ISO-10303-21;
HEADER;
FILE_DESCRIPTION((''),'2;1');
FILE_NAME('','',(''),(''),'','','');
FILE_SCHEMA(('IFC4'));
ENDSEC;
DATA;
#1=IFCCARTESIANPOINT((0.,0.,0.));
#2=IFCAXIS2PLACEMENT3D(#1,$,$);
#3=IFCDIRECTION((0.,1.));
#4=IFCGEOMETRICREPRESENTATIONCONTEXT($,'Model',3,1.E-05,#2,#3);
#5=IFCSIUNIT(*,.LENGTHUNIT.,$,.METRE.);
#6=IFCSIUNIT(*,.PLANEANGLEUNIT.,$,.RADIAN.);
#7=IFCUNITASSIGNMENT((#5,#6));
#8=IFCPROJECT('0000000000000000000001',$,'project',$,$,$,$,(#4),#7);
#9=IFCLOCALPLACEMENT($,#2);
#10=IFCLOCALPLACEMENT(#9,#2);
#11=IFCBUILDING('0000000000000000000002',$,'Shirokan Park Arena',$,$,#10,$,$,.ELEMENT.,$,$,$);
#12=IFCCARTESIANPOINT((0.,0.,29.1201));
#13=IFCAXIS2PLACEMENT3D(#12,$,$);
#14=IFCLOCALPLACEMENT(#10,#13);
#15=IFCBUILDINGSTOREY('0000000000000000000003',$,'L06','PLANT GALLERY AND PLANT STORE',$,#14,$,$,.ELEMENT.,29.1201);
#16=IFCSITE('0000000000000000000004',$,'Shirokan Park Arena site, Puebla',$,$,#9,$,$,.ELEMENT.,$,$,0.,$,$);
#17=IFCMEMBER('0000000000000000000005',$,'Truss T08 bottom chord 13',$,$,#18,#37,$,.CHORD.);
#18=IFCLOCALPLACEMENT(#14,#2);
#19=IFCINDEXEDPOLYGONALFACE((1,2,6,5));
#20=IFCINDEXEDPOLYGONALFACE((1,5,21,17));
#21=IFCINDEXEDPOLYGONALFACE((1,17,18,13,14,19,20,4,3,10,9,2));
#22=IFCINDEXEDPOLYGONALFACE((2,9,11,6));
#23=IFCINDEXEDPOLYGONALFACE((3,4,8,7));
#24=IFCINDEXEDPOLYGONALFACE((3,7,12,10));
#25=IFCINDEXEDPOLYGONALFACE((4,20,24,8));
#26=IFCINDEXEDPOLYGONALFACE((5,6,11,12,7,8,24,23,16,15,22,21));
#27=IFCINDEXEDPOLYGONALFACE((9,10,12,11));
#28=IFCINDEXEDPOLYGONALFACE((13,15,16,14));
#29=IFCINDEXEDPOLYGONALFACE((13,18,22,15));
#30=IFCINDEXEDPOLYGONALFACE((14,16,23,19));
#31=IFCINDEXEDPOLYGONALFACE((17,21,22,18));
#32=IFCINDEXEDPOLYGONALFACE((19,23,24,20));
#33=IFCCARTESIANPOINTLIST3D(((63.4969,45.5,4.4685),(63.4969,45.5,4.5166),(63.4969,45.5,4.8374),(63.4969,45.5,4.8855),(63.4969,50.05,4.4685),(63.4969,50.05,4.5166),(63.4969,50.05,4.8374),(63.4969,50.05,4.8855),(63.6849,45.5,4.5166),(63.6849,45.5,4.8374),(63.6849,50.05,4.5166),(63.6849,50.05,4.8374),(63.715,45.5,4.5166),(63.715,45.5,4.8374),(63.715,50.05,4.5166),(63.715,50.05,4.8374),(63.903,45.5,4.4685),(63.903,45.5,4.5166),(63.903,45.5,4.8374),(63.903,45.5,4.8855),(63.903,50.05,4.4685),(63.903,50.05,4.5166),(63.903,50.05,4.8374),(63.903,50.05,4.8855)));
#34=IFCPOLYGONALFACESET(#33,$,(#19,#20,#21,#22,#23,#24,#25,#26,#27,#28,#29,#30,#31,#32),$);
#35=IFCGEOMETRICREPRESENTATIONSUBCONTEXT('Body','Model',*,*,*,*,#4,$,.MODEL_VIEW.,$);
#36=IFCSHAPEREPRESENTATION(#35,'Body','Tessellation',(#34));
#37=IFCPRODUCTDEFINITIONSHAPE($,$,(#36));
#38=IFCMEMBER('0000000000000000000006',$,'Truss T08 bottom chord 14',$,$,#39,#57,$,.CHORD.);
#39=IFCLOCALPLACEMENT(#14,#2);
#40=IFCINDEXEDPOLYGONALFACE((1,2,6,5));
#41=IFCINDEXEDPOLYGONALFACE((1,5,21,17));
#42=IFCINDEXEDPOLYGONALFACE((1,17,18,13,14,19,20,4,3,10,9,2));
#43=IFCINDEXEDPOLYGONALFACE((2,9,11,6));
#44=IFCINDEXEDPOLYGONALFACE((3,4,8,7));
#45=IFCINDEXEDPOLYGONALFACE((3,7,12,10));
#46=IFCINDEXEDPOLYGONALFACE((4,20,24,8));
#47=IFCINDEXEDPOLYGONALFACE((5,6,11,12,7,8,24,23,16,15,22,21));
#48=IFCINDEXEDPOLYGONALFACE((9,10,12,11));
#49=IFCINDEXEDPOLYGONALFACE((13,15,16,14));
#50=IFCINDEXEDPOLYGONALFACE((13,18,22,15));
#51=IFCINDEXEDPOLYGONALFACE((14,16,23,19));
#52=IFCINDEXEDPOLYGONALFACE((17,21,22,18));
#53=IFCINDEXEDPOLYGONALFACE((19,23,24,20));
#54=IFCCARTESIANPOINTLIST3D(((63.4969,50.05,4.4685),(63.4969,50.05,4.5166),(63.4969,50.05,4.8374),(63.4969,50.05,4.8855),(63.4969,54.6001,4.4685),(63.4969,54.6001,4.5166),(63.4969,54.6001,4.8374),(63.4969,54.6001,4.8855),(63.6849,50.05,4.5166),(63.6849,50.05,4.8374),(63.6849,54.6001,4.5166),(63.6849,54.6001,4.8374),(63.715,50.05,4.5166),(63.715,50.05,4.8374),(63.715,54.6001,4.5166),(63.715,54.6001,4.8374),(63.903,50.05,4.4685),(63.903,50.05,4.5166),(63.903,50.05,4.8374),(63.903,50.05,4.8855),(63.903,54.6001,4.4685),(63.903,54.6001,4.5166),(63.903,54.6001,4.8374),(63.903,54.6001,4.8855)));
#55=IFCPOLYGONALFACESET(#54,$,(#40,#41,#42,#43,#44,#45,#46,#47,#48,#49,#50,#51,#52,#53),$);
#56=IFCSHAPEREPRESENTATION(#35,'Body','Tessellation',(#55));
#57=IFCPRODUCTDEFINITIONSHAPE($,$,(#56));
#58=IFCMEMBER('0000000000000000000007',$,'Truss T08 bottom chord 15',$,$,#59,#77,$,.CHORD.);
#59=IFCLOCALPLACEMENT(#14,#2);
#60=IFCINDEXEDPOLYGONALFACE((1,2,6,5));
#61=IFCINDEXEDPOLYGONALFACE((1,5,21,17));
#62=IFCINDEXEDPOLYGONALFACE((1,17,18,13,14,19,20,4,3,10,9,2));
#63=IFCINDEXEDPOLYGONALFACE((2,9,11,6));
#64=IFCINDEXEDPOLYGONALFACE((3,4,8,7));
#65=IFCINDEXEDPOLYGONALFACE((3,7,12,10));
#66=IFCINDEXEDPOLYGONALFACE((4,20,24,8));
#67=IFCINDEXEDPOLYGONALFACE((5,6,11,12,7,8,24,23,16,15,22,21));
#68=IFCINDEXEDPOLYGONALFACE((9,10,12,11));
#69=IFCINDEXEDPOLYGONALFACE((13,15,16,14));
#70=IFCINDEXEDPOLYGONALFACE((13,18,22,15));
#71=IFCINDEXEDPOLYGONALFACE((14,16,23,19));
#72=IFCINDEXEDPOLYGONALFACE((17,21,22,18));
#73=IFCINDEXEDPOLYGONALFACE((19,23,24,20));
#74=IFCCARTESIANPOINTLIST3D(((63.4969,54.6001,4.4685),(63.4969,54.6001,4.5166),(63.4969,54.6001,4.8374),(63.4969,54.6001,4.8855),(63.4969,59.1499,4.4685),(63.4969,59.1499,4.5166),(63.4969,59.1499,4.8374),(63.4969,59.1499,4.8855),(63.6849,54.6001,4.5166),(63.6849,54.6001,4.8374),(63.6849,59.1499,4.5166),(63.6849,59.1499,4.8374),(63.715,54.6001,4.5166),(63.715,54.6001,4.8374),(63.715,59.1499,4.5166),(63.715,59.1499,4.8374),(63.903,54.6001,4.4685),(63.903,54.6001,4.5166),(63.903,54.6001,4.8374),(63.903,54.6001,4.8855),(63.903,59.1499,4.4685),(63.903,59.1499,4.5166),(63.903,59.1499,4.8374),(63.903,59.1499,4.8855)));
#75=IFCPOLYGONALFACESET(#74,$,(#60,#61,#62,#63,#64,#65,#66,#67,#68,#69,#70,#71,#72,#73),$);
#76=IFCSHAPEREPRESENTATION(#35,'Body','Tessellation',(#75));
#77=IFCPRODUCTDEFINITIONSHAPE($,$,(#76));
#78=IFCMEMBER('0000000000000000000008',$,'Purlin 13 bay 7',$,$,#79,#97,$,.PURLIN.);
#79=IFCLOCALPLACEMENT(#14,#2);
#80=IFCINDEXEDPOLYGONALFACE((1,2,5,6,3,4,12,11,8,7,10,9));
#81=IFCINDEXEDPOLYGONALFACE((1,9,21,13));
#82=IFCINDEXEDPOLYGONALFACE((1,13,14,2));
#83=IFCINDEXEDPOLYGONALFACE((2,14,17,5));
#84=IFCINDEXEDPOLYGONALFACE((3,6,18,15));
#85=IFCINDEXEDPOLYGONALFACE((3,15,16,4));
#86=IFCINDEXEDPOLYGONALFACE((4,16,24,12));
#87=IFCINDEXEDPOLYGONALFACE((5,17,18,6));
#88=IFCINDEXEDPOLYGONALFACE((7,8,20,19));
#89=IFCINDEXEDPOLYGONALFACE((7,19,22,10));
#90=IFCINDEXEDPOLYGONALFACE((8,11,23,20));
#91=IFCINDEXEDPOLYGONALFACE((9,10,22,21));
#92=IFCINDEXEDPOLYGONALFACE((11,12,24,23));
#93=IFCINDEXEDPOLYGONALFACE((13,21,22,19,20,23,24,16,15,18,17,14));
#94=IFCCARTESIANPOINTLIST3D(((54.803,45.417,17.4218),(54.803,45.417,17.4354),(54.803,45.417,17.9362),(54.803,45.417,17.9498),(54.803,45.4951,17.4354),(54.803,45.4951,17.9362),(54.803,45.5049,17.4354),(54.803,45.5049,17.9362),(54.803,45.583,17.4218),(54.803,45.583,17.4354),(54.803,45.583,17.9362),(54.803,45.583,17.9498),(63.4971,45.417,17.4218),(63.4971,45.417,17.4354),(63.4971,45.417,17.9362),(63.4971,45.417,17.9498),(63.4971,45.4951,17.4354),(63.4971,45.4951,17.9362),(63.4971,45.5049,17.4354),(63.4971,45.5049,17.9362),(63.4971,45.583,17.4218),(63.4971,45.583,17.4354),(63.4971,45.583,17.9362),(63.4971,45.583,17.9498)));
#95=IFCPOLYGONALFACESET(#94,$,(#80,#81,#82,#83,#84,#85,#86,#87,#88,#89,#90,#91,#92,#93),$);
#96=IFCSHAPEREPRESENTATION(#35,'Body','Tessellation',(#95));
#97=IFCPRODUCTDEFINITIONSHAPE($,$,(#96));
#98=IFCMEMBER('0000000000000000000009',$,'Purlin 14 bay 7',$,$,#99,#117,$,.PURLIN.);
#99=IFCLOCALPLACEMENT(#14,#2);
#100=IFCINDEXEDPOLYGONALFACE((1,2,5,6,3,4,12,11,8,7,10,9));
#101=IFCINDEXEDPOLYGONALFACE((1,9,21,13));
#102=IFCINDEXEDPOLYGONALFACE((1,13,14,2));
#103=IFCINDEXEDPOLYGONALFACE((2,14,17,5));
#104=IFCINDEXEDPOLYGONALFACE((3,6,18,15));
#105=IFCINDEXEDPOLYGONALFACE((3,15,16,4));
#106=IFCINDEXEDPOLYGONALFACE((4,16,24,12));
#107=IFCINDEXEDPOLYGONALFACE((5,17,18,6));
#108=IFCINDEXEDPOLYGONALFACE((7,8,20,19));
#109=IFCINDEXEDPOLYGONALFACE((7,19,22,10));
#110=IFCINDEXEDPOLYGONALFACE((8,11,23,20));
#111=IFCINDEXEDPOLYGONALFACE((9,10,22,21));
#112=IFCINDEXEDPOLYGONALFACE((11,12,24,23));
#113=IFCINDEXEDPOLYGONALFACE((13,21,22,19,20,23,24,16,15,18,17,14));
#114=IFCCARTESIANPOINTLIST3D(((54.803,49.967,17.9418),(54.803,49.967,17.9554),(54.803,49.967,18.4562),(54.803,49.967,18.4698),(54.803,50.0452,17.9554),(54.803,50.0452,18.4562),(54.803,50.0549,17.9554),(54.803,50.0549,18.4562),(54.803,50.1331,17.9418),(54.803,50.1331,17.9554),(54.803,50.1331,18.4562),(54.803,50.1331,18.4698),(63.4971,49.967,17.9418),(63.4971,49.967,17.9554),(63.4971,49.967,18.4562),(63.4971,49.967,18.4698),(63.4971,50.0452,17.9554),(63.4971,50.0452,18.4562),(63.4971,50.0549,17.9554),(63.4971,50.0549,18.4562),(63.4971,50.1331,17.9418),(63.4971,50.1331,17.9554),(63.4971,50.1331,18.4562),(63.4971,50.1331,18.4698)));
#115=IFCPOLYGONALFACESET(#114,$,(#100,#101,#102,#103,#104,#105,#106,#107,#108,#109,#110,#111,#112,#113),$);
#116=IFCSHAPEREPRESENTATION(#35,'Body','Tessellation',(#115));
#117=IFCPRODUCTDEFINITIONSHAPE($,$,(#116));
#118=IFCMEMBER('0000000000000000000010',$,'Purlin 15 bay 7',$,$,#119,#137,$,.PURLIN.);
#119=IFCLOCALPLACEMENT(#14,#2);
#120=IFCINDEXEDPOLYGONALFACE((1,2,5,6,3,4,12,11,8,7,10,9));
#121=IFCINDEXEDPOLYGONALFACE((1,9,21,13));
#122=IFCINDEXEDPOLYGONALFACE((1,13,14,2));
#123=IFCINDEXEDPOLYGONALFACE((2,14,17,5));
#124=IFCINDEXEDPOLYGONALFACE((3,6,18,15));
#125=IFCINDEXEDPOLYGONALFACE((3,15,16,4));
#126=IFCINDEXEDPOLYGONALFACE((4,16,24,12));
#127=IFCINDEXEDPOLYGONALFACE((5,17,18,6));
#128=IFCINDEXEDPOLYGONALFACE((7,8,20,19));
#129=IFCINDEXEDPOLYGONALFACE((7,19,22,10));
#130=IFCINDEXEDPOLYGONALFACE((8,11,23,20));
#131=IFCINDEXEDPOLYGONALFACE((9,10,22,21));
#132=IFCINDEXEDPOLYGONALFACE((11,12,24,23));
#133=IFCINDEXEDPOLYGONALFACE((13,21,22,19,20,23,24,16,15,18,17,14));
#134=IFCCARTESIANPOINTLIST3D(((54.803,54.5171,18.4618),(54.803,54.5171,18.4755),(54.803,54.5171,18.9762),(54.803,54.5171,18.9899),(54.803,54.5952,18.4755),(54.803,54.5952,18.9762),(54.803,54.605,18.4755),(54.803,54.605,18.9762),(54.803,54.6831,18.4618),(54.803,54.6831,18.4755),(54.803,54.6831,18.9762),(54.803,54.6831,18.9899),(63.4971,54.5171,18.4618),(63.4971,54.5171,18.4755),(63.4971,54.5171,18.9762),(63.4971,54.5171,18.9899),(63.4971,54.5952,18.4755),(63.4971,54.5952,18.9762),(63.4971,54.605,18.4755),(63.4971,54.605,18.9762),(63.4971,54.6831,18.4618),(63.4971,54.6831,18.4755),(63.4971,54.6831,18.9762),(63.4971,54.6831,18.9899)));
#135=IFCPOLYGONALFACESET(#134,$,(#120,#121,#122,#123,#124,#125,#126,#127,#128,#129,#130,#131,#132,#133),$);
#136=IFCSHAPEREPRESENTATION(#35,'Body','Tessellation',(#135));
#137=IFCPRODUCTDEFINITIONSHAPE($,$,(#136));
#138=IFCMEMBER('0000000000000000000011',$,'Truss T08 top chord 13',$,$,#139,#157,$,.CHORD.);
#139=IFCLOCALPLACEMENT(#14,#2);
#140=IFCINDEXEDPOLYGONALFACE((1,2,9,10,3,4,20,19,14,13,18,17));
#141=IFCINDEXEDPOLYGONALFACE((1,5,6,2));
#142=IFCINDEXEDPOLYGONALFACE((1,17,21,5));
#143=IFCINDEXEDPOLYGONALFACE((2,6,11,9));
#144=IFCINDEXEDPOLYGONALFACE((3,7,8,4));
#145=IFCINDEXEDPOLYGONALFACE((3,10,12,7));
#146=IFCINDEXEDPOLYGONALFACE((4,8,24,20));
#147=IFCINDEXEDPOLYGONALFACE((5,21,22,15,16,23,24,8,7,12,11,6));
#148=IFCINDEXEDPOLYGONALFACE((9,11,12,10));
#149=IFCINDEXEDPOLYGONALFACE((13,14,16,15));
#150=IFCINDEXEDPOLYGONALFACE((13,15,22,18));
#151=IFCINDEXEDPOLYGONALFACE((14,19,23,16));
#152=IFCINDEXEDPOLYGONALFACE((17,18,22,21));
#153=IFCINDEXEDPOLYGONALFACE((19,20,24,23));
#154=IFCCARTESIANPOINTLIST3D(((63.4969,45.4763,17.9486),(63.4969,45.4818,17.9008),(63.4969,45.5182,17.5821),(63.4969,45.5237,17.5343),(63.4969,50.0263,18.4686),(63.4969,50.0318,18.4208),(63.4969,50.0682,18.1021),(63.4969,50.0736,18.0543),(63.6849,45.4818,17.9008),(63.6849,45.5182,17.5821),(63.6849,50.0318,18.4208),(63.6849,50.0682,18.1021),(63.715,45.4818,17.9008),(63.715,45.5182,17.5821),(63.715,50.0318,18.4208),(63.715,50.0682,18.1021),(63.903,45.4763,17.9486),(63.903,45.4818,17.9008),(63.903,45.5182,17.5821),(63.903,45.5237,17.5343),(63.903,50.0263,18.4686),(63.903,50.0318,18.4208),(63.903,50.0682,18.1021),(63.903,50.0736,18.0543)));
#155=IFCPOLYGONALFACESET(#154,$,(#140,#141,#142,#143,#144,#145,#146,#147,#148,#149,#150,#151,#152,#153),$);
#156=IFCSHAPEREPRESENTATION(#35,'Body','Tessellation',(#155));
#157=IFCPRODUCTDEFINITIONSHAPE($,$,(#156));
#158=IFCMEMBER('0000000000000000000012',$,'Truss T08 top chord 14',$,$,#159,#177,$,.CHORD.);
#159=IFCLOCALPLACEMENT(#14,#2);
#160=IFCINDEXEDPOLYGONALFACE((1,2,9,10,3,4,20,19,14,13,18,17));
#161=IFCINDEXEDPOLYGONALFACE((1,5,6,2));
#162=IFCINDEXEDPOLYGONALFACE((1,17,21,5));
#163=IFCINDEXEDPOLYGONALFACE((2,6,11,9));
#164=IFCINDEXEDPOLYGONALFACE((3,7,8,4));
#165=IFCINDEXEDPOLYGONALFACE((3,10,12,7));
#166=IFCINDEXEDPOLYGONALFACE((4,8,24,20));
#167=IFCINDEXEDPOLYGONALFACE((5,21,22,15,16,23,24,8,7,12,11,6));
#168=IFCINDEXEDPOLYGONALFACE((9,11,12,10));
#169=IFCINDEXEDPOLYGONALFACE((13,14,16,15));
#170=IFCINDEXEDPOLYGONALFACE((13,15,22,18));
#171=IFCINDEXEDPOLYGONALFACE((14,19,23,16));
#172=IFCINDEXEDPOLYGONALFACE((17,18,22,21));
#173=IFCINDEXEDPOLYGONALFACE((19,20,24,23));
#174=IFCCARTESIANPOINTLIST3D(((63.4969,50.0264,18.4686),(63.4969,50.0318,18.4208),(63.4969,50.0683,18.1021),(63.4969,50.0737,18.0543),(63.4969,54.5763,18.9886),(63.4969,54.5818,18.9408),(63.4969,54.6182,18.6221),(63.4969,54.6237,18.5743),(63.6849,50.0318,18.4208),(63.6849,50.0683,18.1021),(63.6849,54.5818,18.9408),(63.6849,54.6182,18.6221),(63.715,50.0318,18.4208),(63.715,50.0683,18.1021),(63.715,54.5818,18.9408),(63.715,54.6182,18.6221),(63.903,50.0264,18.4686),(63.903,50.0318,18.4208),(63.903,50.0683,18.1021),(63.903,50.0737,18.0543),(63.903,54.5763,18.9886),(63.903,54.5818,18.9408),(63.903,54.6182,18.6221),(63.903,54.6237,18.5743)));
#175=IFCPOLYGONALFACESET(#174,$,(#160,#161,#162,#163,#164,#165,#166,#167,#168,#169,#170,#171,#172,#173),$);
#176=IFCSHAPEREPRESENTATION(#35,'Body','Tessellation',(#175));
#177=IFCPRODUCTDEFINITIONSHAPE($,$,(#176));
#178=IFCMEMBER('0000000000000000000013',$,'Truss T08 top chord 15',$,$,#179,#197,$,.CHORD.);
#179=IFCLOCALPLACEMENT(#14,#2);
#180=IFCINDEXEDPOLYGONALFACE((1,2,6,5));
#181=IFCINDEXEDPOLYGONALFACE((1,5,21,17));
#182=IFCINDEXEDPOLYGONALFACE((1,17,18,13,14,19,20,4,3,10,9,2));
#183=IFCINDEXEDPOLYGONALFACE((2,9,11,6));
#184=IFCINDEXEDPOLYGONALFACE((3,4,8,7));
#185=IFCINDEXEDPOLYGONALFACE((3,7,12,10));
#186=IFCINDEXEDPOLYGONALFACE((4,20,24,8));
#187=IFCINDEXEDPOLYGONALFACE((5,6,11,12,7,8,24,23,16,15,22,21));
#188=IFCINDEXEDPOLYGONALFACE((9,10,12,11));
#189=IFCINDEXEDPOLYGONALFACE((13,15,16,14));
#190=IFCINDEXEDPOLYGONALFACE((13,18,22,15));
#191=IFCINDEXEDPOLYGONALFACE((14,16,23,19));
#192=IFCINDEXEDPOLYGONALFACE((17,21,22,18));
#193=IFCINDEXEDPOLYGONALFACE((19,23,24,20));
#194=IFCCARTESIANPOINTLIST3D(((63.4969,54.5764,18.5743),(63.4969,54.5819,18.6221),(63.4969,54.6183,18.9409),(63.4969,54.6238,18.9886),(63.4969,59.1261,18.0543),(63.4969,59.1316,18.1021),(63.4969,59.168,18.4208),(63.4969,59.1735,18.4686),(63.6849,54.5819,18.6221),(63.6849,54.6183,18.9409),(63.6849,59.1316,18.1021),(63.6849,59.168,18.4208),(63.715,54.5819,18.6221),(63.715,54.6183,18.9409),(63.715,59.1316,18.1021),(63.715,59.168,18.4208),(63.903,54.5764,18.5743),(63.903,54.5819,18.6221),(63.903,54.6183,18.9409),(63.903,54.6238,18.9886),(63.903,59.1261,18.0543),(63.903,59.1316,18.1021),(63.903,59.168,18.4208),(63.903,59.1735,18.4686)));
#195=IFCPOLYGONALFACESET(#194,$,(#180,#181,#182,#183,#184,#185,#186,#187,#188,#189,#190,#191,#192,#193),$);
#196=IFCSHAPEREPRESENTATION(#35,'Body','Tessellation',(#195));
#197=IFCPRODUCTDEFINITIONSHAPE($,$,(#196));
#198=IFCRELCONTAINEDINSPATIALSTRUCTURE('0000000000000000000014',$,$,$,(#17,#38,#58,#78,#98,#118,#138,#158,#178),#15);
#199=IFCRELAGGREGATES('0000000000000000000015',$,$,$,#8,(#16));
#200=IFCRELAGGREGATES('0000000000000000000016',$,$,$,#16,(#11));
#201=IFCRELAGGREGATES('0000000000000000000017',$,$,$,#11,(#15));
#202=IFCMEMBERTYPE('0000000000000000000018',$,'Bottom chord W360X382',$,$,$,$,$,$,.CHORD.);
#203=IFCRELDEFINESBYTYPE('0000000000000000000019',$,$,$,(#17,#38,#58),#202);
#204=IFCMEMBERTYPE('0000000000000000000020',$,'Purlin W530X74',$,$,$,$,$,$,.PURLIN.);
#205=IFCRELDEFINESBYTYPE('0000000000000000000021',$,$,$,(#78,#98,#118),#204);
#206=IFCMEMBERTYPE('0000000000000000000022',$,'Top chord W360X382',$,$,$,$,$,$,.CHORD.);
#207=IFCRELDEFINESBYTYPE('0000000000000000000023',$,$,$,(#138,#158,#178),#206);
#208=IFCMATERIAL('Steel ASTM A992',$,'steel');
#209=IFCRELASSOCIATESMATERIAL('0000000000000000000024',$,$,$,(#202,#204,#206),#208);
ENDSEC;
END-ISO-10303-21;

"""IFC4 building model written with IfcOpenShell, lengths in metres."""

from ifc_helpers import new_model, si_unit, direction, frame, origin, origin_2d, place, context, subcontext, project, spatial, i_section, extrude, material, material_profile, profile_set, type_object, element, save


model = new_model("IFC4")

# Units and contexts
model_context = context("Model", 3, precision=1e-05, world=origin(), true_north=direction((0.0, 1.0)))
body_context = subcontext(model_context, "Body", "Model", "MODEL_VIEW")
ifc_project = project(units=[si_unit("LENGTHUNIT", "METRE"), si_unit("PLANEANGLEUNIT", "RADIAN")], contexts=[model_context])

# Site, building, storey
site_placement = place(None, origin())
site = spatial("IfcSite", under=ifc_project, at=site_placement, Name="Shirokan Park Arena site, Puebla", CompositionType="ELEMENT", RefElevation=0.0)
building_placement = place(site_placement, origin())
building = spatial("IfcBuilding", under=site, at=building_placement, Name="Shirokan Park Arena", CompositionType="ELEMENT")
storey_placement = place(building_placement, frame((0.0, 0.0, 29.1201)))
storey = spatial("IfcBuildingStorey", under=building, at=storey_placement, Name="L06", Description="PLANT GALLERY AND PLANT STORE", CompositionType="ELEMENT", Elevation=29.1201)

# Members
ifc_material_1 = material(Name="Steel ASTM A992", Category="steel")
ifc_material_profile_1 = material_profile(ifc_material_1, i_section(OverallWidth=0.406, OverallDepth=0.417, WebThickness=0.03, FlangeThickness=0.0481, at=origin_2d()), Name="W360X382")
ifc_profile_set_1 = profile_set([ifc_material_profile_1], Name="Steel ASTM A992")
member_type_1 = type_object("IfcMemberType", Name="Bottom chord W360X382", PredefinedType="CHORD", material=ifc_profile_set_1)
for number, where, z_axis, x_axis, name in (
    (1, (63.7, 45.5, 4.677), (0.0, 1.0, 0.0), (-1.0, 0.0, 0.0), "Truss T08 bottom chord 13"),
    (2, (63.7, 50.05, 4.677), (0.0, 1.0, 0.0), (-1.0, 0.0, 0.0), "Truss T08 bottom chord 14"),
):
    element("IfcMember", number, at=place(storey_placement, frame(where, z_axis=z_axis, x_axis=x_axis)), inside=storey, type_object=member_type_1, Name=name, PredefinedType="CHORD", context=body_context, shape_type="SweptSolid", body=[
        extrude(i_section(OverallWidth=0.406, OverallDepth=0.417, WebThickness=0.03, FlangeThickness=0.0481, at=origin_2d()), origin(), (0.0, 0.0, 1.0), 4.55),
    ])
member_1_placement = place(storey_placement, frame((63.7, 54.6001, 4.677), z_axis=(0.0, 1.0, 0.0), x_axis=(-1.0, 0.0, 0.0)))
element("IfcMember", 3, at=member_1_placement, inside=storey, type_object=member_type_1, Name="Truss T08 bottom chord 15", PredefinedType="CHORD", context=body_context, shape_type="SweptSolid", body=[
    extrude(i_section(OverallWidth=0.406, OverallDepth=0.417, WebThickness=0.03, FlangeThickness=0.0481, at=origin_2d()), origin(), (0.0, 0.0, 1.0), 4.5498),
])
ifc_material_profile_2 = material_profile(ifc_material_1, i_section(OverallWidth=0.166, OverallDepth=0.5281, WebThickness=0.0098, FlangeThickness=0.0137, at=origin_2d()), Name="W530X74")
ifc_profile_set_2 = profile_set([ifc_material_profile_2], Name="Steel ASTM A992")
member_type_2 = type_object("IfcMemberType", Name="Purlin W530X74", PredefinedType="PURLIN", material=ifc_profile_set_2)
for number, where, z_axis, x_axis, name in (
    (4, (54.803, 45.5, 17.6858), (1.0, 0.0, 0.0), (0.0, 1.0, 0.0), "Purlin 13 bay 7"),
    (5, (54.803, 50.05, 18.2058), (1.0, 0.0, 0.0), (0.0, 1.0, 0.0), "Purlin 14 bay 7"),
    (6, (54.803, 54.6001, 18.7258), (1.0, 0.0, 0.0), (0.0, 1.0, 0.0), "Purlin 15 bay 7"),
):
    element("IfcMember", number, at=place(storey_placement, frame(where, z_axis=z_axis, x_axis=x_axis)), inside=storey, type_object=member_type_2, Name=name, PredefinedType="PURLIN", context=body_context, shape_type="SweptSolid", body=[
        extrude(i_section(OverallWidth=0.166, OverallDepth=0.5281, WebThickness=0.0098, FlangeThickness=0.0137, at=origin_2d()), origin(), (0.0, 0.0, 1.0), 8.6941),
    ])
ifc_material_profile_3 = material_profile(ifc_material_1, i_section(OverallWidth=0.406, OverallDepth=0.417, WebThickness=0.03, FlangeThickness=0.0481, at=origin_2d()), Name="W360X382")
ifc_profile_set_3 = profile_set([ifc_material_profile_3], Name="Steel ASTM A992")
member_type_3 = type_object("IfcMemberType", Name="Top chord W360X382", PredefinedType="CHORD", material=ifc_profile_set_3)
for number, where, z_axis, x_axis, name in (
    (7, (63.7, 45.5, 17.7415), (0.0, 0.993532, 0.11355), (-1.0, 0.0, 0.0), "Truss T08 top chord 13"),
    (8, (63.7, 50.05, 18.2615), (0.0, 0.993532, 0.11355), (-1.0, 0.0, 0.0), "Truss T08 top chord 14"),
):
    element("IfcMember", number, at=place(storey_placement, frame(where, z_axis=z_axis, x_axis=x_axis)), inside=storey, type_object=member_type_3, Name=name, PredefinedType="CHORD", context=body_context, shape_type="SweptSolid", body=[
        extrude(i_section(OverallWidth=0.406, OverallDepth=0.417, WebThickness=0.03, FlangeThickness=0.0481, at=origin_2d()), origin(), (0.0, 0.0, 1.0), 4.5796),
    ])
member_2_placement = place(storey_placement, frame((63.7, 54.6001, 18.7815), z_axis=(0.0, 0.993532, -0.113556), x_axis=(-1.0, 0.0, 0.0)))
element("IfcMember", 9, at=member_2_placement, inside=storey, type_object=member_type_3, Name="Truss T08 top chord 15", PredefinedType="CHORD", context=body_context, shape_type="SweptSolid", body=[
    extrude(i_section(OverallWidth=0.406, OverallDepth=0.417, WebThickness=0.03, FlangeThickness=0.0481, at=origin_2d()), origin(), (0.0, 0.0, 1.0), 4.5793),
])

save(model, "model.ifc")
